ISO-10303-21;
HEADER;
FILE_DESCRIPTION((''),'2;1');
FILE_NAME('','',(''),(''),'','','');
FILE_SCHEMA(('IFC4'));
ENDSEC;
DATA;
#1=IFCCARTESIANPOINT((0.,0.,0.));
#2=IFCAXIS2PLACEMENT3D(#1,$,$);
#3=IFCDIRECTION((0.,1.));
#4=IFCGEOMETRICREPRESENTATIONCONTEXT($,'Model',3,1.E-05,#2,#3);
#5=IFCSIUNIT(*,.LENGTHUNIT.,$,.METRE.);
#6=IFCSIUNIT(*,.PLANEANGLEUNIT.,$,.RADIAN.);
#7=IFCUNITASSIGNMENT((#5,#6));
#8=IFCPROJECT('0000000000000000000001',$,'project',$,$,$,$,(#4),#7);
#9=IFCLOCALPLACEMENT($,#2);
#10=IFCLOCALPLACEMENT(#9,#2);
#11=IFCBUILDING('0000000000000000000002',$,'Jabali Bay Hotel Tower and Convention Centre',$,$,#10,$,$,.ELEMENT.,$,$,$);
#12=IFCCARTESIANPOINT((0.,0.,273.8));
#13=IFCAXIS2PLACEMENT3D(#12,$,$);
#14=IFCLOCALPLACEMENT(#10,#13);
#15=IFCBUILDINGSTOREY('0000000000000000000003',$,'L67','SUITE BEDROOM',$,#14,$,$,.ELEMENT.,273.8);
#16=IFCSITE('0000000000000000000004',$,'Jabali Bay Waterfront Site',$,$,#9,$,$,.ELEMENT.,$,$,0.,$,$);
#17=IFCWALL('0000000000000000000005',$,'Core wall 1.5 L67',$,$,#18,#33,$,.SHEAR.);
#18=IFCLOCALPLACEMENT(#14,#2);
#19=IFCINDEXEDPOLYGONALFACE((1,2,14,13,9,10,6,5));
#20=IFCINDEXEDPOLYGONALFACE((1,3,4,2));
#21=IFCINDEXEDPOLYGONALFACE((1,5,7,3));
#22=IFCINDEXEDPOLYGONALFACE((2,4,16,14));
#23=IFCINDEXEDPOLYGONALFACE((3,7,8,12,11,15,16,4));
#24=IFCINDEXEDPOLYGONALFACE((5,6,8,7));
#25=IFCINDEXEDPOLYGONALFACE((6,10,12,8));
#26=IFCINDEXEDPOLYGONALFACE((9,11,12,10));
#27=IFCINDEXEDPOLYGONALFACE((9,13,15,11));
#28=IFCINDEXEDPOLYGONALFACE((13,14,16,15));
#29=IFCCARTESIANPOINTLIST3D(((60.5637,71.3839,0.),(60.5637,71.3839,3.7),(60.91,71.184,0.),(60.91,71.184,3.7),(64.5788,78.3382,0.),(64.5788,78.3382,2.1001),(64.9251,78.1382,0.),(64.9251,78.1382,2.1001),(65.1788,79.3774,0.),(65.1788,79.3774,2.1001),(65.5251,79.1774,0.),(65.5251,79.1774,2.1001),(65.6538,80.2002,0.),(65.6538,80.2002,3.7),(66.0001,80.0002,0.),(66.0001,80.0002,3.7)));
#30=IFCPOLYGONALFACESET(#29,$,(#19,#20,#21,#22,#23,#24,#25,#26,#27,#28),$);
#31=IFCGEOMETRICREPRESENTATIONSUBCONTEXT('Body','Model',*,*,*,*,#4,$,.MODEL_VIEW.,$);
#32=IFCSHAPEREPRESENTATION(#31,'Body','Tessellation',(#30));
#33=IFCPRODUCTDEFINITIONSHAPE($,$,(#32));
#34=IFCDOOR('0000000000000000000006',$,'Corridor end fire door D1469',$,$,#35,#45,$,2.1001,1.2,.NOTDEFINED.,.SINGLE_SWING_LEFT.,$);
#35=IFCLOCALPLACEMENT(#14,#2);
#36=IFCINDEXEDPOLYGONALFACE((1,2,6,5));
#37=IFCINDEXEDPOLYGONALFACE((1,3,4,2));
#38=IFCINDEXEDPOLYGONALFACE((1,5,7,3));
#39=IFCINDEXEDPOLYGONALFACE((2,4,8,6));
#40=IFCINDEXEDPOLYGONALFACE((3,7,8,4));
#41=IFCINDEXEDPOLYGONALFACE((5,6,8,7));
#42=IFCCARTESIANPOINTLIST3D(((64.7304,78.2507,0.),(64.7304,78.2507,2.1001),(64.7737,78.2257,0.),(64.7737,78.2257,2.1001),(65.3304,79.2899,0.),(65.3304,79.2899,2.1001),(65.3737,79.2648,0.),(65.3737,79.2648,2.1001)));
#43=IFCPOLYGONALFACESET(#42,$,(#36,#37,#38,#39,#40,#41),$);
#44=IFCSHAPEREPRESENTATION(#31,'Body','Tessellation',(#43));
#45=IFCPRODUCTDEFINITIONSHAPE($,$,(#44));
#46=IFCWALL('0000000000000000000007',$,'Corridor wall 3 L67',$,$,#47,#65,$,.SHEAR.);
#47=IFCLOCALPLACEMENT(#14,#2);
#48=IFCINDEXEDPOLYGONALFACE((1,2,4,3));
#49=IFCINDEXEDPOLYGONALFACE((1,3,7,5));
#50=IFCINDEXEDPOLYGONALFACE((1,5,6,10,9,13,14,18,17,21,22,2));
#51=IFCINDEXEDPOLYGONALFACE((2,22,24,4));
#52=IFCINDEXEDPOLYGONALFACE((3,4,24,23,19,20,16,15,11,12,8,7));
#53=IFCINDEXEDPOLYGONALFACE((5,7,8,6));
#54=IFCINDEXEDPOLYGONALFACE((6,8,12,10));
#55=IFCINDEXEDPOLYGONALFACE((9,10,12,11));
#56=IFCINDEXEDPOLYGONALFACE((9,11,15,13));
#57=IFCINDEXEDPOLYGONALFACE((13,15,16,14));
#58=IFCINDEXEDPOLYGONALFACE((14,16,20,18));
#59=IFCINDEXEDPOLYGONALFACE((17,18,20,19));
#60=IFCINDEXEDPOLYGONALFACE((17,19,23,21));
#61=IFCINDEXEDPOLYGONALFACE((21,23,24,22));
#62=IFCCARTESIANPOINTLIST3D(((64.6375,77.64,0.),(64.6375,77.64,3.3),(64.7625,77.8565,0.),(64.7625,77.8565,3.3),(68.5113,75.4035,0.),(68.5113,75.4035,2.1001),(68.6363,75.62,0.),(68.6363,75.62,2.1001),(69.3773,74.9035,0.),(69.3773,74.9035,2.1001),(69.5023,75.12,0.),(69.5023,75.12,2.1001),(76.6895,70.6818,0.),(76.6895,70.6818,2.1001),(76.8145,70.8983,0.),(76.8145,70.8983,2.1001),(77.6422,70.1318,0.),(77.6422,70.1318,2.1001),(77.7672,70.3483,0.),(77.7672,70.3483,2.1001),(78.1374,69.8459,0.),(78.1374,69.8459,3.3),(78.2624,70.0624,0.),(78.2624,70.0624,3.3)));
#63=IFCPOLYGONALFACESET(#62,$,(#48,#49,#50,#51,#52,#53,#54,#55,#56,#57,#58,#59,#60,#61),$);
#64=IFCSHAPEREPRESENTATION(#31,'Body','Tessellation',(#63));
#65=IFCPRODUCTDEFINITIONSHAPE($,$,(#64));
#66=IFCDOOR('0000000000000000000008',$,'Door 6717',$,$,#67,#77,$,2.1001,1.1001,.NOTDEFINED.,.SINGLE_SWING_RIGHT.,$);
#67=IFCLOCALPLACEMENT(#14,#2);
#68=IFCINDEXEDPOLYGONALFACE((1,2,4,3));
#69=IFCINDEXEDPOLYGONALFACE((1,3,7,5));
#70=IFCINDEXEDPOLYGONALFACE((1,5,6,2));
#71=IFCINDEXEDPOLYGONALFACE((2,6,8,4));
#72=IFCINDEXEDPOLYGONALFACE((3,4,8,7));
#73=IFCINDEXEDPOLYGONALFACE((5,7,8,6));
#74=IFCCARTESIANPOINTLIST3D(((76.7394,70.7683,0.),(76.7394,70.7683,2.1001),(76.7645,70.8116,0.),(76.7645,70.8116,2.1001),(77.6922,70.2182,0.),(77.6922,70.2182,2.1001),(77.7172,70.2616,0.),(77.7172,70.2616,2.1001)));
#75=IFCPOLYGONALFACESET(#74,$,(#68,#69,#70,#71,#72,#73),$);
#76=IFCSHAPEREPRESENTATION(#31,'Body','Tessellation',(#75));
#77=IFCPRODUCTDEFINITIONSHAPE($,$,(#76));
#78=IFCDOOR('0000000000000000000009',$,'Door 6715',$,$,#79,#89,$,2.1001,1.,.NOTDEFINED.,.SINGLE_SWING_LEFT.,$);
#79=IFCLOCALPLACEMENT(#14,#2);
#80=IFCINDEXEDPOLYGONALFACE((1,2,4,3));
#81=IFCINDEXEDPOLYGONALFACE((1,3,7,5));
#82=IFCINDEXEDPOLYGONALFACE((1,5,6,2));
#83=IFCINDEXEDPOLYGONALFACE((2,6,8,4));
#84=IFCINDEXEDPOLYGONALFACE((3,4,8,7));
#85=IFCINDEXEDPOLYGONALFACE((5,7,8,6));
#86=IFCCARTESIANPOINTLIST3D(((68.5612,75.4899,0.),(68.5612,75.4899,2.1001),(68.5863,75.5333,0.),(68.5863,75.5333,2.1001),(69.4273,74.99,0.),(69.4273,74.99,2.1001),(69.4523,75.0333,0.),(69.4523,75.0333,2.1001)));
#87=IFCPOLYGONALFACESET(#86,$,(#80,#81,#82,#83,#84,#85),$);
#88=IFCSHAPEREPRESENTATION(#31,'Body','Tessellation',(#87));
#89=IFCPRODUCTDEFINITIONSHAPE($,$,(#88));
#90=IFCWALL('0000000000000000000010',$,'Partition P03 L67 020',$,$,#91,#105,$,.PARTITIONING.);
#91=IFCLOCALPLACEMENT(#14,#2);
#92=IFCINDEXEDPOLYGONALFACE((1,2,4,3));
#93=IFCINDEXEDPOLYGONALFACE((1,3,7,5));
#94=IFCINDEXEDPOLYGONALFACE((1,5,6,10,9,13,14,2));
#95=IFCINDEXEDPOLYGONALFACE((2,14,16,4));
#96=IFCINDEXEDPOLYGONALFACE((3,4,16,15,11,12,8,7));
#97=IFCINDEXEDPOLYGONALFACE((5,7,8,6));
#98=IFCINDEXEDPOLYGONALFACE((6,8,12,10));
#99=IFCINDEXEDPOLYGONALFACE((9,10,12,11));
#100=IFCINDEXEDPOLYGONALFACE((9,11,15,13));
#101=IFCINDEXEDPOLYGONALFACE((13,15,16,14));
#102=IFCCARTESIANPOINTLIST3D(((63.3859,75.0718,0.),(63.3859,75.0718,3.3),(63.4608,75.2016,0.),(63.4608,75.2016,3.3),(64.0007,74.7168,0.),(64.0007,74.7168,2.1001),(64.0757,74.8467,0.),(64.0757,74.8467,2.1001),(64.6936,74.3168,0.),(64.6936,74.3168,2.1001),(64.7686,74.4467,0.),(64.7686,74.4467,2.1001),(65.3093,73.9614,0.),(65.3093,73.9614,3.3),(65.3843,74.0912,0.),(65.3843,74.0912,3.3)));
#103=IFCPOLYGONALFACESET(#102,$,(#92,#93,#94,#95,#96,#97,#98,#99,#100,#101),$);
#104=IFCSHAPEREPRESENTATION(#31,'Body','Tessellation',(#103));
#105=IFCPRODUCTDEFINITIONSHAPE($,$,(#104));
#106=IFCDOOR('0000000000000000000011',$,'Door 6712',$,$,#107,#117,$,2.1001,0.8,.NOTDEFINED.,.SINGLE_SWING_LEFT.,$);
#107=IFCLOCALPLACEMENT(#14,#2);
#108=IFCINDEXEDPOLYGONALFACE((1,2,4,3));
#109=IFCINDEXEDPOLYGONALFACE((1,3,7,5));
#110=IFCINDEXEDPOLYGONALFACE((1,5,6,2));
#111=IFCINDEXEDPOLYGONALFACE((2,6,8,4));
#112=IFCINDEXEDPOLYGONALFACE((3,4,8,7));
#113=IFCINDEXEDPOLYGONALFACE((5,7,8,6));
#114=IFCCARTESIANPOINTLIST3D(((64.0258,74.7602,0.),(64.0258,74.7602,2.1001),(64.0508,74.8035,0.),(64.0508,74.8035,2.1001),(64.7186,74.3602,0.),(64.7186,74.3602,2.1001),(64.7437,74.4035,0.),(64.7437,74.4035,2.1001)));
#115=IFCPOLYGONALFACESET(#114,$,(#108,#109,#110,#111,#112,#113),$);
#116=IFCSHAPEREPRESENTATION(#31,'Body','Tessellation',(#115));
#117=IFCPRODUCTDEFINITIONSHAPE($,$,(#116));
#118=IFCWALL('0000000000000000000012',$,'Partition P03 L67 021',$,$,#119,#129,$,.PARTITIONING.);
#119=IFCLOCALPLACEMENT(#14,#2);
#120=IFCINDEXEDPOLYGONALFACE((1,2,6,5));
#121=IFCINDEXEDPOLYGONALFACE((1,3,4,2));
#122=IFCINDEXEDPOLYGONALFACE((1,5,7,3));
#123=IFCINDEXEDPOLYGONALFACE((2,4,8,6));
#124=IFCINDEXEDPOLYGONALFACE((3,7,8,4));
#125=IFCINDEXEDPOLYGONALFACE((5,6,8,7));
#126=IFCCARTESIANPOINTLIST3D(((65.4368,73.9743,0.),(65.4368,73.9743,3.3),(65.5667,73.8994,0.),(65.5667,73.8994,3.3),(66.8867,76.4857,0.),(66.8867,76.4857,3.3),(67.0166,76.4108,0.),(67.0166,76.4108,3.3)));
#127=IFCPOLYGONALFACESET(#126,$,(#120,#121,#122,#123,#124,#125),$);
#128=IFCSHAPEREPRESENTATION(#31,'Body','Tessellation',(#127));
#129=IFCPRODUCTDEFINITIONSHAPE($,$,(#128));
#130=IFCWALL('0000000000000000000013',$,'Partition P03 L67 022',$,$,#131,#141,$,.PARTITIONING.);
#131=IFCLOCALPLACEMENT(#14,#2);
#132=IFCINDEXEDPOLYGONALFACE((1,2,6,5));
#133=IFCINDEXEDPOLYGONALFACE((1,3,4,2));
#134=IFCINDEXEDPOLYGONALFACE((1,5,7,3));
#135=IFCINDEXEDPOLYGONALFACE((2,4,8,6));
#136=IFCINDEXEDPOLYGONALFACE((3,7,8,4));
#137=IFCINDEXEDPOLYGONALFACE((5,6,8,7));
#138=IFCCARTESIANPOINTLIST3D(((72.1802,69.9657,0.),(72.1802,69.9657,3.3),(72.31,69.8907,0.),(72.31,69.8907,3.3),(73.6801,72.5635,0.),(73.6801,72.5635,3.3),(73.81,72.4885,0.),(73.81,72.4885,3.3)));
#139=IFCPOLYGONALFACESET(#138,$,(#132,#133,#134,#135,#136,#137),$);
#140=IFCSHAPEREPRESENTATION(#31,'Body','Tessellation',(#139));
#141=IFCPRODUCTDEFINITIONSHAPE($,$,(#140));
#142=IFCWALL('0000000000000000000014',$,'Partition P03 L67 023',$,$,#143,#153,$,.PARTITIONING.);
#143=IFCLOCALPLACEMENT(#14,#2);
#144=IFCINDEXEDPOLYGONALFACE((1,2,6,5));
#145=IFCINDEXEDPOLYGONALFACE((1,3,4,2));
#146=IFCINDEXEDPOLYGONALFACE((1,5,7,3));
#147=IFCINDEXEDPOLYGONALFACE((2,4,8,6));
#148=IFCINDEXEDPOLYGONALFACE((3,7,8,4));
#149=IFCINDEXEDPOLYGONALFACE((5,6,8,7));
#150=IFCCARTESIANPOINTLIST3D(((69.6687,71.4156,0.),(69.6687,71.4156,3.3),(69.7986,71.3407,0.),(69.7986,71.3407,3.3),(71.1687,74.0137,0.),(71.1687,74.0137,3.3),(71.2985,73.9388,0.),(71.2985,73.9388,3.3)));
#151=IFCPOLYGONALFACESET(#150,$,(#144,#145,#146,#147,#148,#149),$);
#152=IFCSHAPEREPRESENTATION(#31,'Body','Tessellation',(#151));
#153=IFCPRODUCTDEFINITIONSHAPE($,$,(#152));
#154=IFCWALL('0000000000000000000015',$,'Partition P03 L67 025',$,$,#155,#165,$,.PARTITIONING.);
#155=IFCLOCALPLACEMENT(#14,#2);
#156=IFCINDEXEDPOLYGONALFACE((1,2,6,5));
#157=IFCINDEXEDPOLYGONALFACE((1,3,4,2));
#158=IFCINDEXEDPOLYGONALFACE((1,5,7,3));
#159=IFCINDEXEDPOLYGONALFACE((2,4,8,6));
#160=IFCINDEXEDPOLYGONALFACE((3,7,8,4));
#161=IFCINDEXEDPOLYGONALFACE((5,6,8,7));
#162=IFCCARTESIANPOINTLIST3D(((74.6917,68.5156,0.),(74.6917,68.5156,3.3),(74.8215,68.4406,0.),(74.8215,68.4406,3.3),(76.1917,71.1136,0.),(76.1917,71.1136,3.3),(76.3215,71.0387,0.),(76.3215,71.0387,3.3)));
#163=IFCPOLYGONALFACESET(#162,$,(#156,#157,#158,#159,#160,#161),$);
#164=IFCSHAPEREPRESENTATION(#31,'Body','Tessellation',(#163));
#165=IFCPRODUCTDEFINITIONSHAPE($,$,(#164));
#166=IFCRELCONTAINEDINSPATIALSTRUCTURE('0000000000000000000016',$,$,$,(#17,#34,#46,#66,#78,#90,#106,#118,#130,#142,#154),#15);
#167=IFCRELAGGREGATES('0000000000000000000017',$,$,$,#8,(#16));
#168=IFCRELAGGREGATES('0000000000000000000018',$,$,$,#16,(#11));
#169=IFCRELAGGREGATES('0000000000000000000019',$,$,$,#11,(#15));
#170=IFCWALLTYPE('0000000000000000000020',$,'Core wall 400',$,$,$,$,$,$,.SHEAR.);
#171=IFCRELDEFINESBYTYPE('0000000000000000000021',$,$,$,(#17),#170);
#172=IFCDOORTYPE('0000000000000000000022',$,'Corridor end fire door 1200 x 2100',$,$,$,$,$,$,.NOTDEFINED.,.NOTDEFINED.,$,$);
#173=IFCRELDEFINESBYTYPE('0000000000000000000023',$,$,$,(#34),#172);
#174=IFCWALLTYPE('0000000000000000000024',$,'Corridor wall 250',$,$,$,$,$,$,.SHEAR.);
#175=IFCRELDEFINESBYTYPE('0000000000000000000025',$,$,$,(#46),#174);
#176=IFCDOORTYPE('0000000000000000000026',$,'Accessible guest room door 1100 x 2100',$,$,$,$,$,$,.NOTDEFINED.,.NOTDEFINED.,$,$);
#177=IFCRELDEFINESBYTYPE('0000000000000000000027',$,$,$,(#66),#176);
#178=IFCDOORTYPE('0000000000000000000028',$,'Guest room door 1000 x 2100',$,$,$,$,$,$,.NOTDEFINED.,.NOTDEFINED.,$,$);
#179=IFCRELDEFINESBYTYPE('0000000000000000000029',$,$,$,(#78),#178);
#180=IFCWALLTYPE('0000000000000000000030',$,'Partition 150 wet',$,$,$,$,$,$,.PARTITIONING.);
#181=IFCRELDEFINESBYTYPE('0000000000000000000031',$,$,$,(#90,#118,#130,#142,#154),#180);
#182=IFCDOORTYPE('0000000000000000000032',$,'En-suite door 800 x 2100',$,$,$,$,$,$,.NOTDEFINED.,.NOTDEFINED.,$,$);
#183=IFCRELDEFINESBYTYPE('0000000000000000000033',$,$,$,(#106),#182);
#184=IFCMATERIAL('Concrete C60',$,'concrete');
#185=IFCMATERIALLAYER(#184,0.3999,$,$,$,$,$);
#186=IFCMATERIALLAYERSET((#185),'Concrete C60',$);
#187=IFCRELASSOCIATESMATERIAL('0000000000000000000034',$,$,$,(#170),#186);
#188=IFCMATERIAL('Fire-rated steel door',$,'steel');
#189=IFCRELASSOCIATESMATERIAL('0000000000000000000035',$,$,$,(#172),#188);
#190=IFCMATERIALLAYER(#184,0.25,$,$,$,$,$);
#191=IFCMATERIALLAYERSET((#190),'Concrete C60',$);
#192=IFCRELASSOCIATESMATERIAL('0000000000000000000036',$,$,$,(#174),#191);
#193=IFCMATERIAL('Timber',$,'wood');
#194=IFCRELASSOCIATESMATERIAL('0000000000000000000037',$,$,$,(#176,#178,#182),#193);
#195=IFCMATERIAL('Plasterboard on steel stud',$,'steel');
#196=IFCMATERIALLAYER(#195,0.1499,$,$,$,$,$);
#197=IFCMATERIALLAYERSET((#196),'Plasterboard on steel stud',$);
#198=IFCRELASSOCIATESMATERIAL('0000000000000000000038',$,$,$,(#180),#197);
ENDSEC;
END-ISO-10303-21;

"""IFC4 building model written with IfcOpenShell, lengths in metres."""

from ifc_helpers import new_model, si_unit, direction, frame, frame_2d, origin, place, context, subcontext, project, spatial, rectangle, extrude, material, layer, layer_set, type_object, element, fill, save


model = new_model("IFC4")

# Units and contexts
model_context = context("Model", 3, precision=1e-05, world=origin(), true_north=direction((0.0, 1.0)))
body_context = subcontext(model_context, "Body", "Model", "MODEL_VIEW")
ifc_project = project(units=[si_unit("LENGTHUNIT", "METRE"), si_unit("PLANEANGLEUNIT", "RADIAN")], contexts=[model_context])

# Site, building, storey
site_placement = place(None, origin())
site = spatial("IfcSite", under=ifc_project, at=site_placement, Name="Jabali Bay Waterfront Site", CompositionType="ELEMENT", RefElevation=0.0)
building_placement = place(site_placement, origin())
building = spatial("IfcBuilding", under=site, at=building_placement, Name="Jabali Bay Hotel Tower and Convention Centre", CompositionType="ELEMENT")
storey_placement = place(building_placement, frame((0.0, 0.0, 273.8)))
storey = spatial("IfcBuildingStorey", under=building, at=storey_placement, Name="L67", Description="SUITE BEDROOM", CompositionType="ELEMENT", Elevation=273.8)

# Shared definitions
ifc_material_1 = material(Name="Fire-rated steel door", Category="steel")

# Wall, opening, door
ifc_material_2 = material(Name="Concrete C60", Category="concrete")
ifc_layer_1 = layer(ifc_material_2, 0.3999)
ifc_layer_set_1 = layer_set([ifc_layer_1], Name="Concrete C60")
wall_type_1 = type_object("IfcWallType", Name="Core wall 400", PredefinedType="SHEAR", material=ifc_layer_set_1)
wall_1_placement = place(storey_placement, frame((60.7368, 71.2839, 0.0), z_axis=(0.0, 0.0, 1.0), x_axis=(0.500005, 0.866022, 0.0)))
wall_1 = element("IfcWall", 1, at=wall_1_placement, inside=storey, type_object=wall_type_1, Name="Core wall 1.5 L67", PredefinedType="SHEAR", context=body_context, shape_type="SweptSolid", body=[
    extrude(rectangle(XDim=10.1802, YDim=0.3999, at=frame_2d((5.0901, 0.0))), origin(), (0.0, 0.0, 1.0), 3.7),
])
opening_1_placement = place(wall_1_placement, frame((8.03, 0.0, 0.0)))
opening_1 = element("IfcOpeningElement", 2, at=opening_1_placement, cuts=wall_1, PredefinedType="OPENING", context=body_context, shape_type="SweptSolid", body=[
    extrude(rectangle(XDim=1.2, YDim=2.1001, at=frame_2d((0.6001, 1.05))), frame((0.0, 0.2104, 0.0), z_axis=(0.0, -1.0, 0.0), x_axis=(1.0, 0.0, 0.0)), (0.0, 0.0, 1.0), 0.4209),
])
door_type_1 = type_object("IfcDoorType", Name="Corridor end fire door 1200 x 2100", OperationType="NOTDEFINED", PredefinedType="NOTDEFINED", material=ifc_material_1)
door_1_placement = place(opening_1_placement, origin())
door_1 = element("IfcDoor", 3, at=door_1_placement, inside=storey, type_object=door_type_1, Name="Corridor end fire door D1469", OperationType="SINGLE_SWING_LEFT", OverallHeight=2.1001, OverallWidth=1.2, PredefinedType="NOTDEFINED", context=body_context, shape_type="SweptSolid", body=[
    extrude(rectangle(XDim=1.2, YDim=2.1001, at=frame_2d((0.6001, 1.05))), frame((0.0, 0.0249, 0.0), z_axis=(0.0, -1.0, 0.0), x_axis=(1.0, 0.0, 0.0)), (0.0, 0.0, 1.0), 0.05),
])
fill(opening_1, door_1)

# Wall, openings, doors
ifc_layer_2 = layer(ifc_material_2, 0.25)
ifc_layer_set_2 = layer_set([ifc_layer_2], Name="Concrete C60")
wall_type_2 = type_object("IfcWallType", Name="Corridor wall 250", PredefinedType="SHEAR", material=ifc_layer_set_2)
wall_2_placement = place(storey_placement, frame((64.7, 77.7483, 0.0), z_axis=(0.0, 0.0, 1.0), x_axis=(0.866026, -0.499998, 0.0)))
wall_2 = element("IfcWall", 4, at=wall_2_placement, inside=storey, type_object=wall_type_2, Name="Corridor wall 3 L67", PredefinedType="SHEAR", context=body_context, shape_type="SweptSolid", body=[
    extrude(rectangle(XDim=15.5884, YDim=0.25, at=frame_2d((7.7942, 0.0))), origin(), (0.0, 0.0, 1.0), 3.3),
])
opening_2_placement = place(wall_2_placement, frame((4.4731, 0.0, 0.0)))
opening_2 = element("IfcOpeningElement", 5, at=opening_2_placement, cuts=wall_2, PredefinedType="OPENING", context=body_context, shape_type="SweptSolid", body=[
    extrude(rectangle(XDim=1.0, YDim=2.1001, at=frame_2d((0.5, 1.05))), frame((0.0, 0.1355, 0.0), z_axis=(0.0, -1.0, 0.0), x_axis=(1.0, 0.0, 0.0)), (0.0, 0.0, 1.0), 0.271),
])
opening_3_placement = place(wall_2_placement, frame((13.9165, 0.0, 0.0)))
opening_3 = element("IfcOpeningElement", 6, at=opening_3_placement, cuts=wall_2, PredefinedType="OPENING", context=body_context, shape_type="SweptSolid", body=[
    extrude(rectangle(XDim=1.1001, YDim=2.1001, at=frame_2d((0.55, 1.05))), frame((0.0, 0.1355, 0.0), z_axis=(0.0, -1.0, 0.0), x_axis=(1.0, 0.0, 0.0)), (0.0, 0.0, 1.0), 0.271),
])
ifc_material_3 = material(Name="Timber", Category="wood")
door_type_2 = type_object("IfcDoorType", Name="Accessible guest room door 1100 x 2100", OperationType="NOTDEFINED", PredefinedType="NOTDEFINED", material=ifc_material_3)
door_2_placement = place(opening_3_placement, origin())
door_2 = element("IfcDoor", 7, at=door_2_placement, inside=storey, type_object=door_type_2, Name="Door 6717", OperationType="SINGLE_SWING_RIGHT", OverallHeight=2.1001, OverallWidth=1.1001, PredefinedType="NOTDEFINED", context=body_context, shape_type="SweptSolid", body=[
    extrude(rectangle(XDim=1.1001, YDim=2.1001, at=frame_2d((0.55, 1.05))), frame((0.0, 0.0249, 0.0), z_axis=(0.0, -1.0, 0.0), x_axis=(1.0, 0.0, 0.0)), (0.0, 0.0, 1.0), 0.05),
])
fill(opening_3, door_2)
door_type_3 = type_object("IfcDoorType", Name="Guest room door 1000 x 2100", OperationType="NOTDEFINED", PredefinedType="NOTDEFINED", material=ifc_material_3)
door_3_placement = place(opening_2_placement, origin())
door_3 = element("IfcDoor", 8, at=door_3_placement, inside=storey, type_object=door_type_3, Name="Door 6715", OperationType="SINGLE_SWING_LEFT", OverallHeight=2.1001, OverallWidth=1.0, PredefinedType="NOTDEFINED", context=body_context, shape_type="SweptSolid", body=[
    extrude(rectangle(XDim=1.0, YDim=2.1001, at=frame_2d((0.5, 1.05))), frame((0.0, 0.0249, 0.0), z_axis=(0.0, -1.0, 0.0), x_axis=(1.0, 0.0, 0.0)), (0.0, 0.0, 1.0), 0.05),
])
fill(opening_2, door_3)

# Wall, opening, door
ifc_material_4 = material(Name="Plasterboard on steel stud", Category="steel")
ifc_layer_3 = layer(ifc_material_4, 0.1499)
ifc_layer_set_3 = layer_set([ifc_layer_3], Name="Plasterboard on steel stud")
wall_type_3 = type_object("IfcWallType", Name="Partition 150 wet", PredefinedType="PARTITIONING", material=ifc_layer_set_3)
wall_3_placement = place(storey_placement, frame((65.3467, 74.0264, 0.0), z_axis=(0.0, 0.0, 1.0), x_axis=(-0.866043, 0.49997, 0.0)))
wall_3 = element("IfcWall", 9, at=wall_3_placement, inside=storey, type_object=wall_type_3, Name="Partition P03 L67 020", PredefinedType="PARTITIONING", context=body_context, shape_type="SweptSolid", body=[
    extrude(rectangle(XDim=2.2209, YDim=0.1499, at=frame_2d((1.1104, 0.0))), origin(), (0.0, 0.0, 1.0), 3.3),
])
opening_4_placement = place(wall_3_placement, frame((0.7109, 0.0, 0.0)))
opening_4 = element("IfcOpeningElement", 10, at=opening_4_placement, cuts=wall_3, PredefinedType="OPENING", context=body_context, shape_type="SweptSolid", body=[
    extrude(rectangle(XDim=0.8, YDim=2.1001, at=frame_2d((0.3999, 1.05))), frame((0.0, 0.0854, 0.0), z_axis=(0.0, -1.0, 0.0), x_axis=(1.0, 0.0, 0.0)), (0.0, 0.0, 1.0), 0.1709),
])
door_type_4 = type_object("IfcDoorType", Name="En-suite door 800 x 2100", OperationType="NOTDEFINED", PredefinedType="NOTDEFINED", material=ifc_material_3)
door_4_placement = place(opening_4_placement, origin())
door_4 = element("IfcDoor", 11, at=door_4_placement, inside=storey, type_object=door_type_4, Name="Door 6712", OperationType="SINGLE_SWING_LEFT", OverallHeight=2.1001, OverallWidth=0.8, PredefinedType="NOTDEFINED", context=body_context, shape_type="SweptSolid", body=[
    extrude(rectangle(XDim=0.8, YDim=2.1001, at=frame_2d((0.3999, 1.05))), frame((0.0, 0.0249, 0.0), z_axis=(0.0, -1.0, 0.0), x_axis=(1.0, 0.0, 0.0)), (0.0, 0.0, 1.0), 0.05),
])
fill(opening_4, door_4)

# Walls
wall_4_placement = place(storey_placement, frame((66.9517, 76.4482, 0.0), z_axis=(0.0, 0.0, 1.0), x_axis=(-0.499987, -0.866033, 0.0)))
element("IfcWall", 12, at=wall_4_placement, inside=storey, type_object=wall_type_3, Name="Partition P03 L67 021", PredefinedType="PARTITIONING", context=body_context, shape_type="SweptSolid", body=[
    extrude(rectangle(XDim=2.8999, YDim=0.1499, at=frame_2d((1.45, 0.0))), origin(), (0.0, 0.0, 1.0), 3.3),
])
wall_5_placement = place(storey_placement, frame((73.7451, 72.5261, 0.0), z_axis=(0.0, 0.0, 1.0), x_axis=(-0.500025, -0.866011, 0.0)))
element("IfcWall", 13, at=wall_5_placement, inside=storey, type_object=wall_type_3, Name="Partition P03 L67 022", PredefinedType="PARTITIONING", context=body_context, shape_type="SweptSolid", body=[
    extrude(rectangle(XDim=2.9998, YDim=0.1499, at=frame_2d((1.5, 0.0))), origin(), (0.0, 0.0, 1.0), 3.3),
])
for number, where, z_axis, x_axis, name in (
    (14, (69.7336, 71.3782, 0.0), (0.0, 0.0, 1.0), (0.49999, 0.866031, 0.0), "Partition P03 L67 023"),
    (15, (76.2566, 71.0762, 0.0), (0.0, 0.0, 1.0), (-0.49999, -0.866031, 0.0), "Partition P03 L67 025"),
):
    element("IfcWall", number, at=place(storey_placement, frame(where, z_axis=z_axis, x_axis=x_axis)), inside=storey, type_object=wall_type_3, Name=name, PredefinedType="PARTITIONING", context=body_context, shape_type="SweptSolid", body=[
        extrude(rectangle(XDim=3.0, YDim=0.1499, at=frame_2d((1.5, 0.0))), origin(), (0.0, 0.0, 1.0), 3.3),
    ])

save(model, "model.ifc")
